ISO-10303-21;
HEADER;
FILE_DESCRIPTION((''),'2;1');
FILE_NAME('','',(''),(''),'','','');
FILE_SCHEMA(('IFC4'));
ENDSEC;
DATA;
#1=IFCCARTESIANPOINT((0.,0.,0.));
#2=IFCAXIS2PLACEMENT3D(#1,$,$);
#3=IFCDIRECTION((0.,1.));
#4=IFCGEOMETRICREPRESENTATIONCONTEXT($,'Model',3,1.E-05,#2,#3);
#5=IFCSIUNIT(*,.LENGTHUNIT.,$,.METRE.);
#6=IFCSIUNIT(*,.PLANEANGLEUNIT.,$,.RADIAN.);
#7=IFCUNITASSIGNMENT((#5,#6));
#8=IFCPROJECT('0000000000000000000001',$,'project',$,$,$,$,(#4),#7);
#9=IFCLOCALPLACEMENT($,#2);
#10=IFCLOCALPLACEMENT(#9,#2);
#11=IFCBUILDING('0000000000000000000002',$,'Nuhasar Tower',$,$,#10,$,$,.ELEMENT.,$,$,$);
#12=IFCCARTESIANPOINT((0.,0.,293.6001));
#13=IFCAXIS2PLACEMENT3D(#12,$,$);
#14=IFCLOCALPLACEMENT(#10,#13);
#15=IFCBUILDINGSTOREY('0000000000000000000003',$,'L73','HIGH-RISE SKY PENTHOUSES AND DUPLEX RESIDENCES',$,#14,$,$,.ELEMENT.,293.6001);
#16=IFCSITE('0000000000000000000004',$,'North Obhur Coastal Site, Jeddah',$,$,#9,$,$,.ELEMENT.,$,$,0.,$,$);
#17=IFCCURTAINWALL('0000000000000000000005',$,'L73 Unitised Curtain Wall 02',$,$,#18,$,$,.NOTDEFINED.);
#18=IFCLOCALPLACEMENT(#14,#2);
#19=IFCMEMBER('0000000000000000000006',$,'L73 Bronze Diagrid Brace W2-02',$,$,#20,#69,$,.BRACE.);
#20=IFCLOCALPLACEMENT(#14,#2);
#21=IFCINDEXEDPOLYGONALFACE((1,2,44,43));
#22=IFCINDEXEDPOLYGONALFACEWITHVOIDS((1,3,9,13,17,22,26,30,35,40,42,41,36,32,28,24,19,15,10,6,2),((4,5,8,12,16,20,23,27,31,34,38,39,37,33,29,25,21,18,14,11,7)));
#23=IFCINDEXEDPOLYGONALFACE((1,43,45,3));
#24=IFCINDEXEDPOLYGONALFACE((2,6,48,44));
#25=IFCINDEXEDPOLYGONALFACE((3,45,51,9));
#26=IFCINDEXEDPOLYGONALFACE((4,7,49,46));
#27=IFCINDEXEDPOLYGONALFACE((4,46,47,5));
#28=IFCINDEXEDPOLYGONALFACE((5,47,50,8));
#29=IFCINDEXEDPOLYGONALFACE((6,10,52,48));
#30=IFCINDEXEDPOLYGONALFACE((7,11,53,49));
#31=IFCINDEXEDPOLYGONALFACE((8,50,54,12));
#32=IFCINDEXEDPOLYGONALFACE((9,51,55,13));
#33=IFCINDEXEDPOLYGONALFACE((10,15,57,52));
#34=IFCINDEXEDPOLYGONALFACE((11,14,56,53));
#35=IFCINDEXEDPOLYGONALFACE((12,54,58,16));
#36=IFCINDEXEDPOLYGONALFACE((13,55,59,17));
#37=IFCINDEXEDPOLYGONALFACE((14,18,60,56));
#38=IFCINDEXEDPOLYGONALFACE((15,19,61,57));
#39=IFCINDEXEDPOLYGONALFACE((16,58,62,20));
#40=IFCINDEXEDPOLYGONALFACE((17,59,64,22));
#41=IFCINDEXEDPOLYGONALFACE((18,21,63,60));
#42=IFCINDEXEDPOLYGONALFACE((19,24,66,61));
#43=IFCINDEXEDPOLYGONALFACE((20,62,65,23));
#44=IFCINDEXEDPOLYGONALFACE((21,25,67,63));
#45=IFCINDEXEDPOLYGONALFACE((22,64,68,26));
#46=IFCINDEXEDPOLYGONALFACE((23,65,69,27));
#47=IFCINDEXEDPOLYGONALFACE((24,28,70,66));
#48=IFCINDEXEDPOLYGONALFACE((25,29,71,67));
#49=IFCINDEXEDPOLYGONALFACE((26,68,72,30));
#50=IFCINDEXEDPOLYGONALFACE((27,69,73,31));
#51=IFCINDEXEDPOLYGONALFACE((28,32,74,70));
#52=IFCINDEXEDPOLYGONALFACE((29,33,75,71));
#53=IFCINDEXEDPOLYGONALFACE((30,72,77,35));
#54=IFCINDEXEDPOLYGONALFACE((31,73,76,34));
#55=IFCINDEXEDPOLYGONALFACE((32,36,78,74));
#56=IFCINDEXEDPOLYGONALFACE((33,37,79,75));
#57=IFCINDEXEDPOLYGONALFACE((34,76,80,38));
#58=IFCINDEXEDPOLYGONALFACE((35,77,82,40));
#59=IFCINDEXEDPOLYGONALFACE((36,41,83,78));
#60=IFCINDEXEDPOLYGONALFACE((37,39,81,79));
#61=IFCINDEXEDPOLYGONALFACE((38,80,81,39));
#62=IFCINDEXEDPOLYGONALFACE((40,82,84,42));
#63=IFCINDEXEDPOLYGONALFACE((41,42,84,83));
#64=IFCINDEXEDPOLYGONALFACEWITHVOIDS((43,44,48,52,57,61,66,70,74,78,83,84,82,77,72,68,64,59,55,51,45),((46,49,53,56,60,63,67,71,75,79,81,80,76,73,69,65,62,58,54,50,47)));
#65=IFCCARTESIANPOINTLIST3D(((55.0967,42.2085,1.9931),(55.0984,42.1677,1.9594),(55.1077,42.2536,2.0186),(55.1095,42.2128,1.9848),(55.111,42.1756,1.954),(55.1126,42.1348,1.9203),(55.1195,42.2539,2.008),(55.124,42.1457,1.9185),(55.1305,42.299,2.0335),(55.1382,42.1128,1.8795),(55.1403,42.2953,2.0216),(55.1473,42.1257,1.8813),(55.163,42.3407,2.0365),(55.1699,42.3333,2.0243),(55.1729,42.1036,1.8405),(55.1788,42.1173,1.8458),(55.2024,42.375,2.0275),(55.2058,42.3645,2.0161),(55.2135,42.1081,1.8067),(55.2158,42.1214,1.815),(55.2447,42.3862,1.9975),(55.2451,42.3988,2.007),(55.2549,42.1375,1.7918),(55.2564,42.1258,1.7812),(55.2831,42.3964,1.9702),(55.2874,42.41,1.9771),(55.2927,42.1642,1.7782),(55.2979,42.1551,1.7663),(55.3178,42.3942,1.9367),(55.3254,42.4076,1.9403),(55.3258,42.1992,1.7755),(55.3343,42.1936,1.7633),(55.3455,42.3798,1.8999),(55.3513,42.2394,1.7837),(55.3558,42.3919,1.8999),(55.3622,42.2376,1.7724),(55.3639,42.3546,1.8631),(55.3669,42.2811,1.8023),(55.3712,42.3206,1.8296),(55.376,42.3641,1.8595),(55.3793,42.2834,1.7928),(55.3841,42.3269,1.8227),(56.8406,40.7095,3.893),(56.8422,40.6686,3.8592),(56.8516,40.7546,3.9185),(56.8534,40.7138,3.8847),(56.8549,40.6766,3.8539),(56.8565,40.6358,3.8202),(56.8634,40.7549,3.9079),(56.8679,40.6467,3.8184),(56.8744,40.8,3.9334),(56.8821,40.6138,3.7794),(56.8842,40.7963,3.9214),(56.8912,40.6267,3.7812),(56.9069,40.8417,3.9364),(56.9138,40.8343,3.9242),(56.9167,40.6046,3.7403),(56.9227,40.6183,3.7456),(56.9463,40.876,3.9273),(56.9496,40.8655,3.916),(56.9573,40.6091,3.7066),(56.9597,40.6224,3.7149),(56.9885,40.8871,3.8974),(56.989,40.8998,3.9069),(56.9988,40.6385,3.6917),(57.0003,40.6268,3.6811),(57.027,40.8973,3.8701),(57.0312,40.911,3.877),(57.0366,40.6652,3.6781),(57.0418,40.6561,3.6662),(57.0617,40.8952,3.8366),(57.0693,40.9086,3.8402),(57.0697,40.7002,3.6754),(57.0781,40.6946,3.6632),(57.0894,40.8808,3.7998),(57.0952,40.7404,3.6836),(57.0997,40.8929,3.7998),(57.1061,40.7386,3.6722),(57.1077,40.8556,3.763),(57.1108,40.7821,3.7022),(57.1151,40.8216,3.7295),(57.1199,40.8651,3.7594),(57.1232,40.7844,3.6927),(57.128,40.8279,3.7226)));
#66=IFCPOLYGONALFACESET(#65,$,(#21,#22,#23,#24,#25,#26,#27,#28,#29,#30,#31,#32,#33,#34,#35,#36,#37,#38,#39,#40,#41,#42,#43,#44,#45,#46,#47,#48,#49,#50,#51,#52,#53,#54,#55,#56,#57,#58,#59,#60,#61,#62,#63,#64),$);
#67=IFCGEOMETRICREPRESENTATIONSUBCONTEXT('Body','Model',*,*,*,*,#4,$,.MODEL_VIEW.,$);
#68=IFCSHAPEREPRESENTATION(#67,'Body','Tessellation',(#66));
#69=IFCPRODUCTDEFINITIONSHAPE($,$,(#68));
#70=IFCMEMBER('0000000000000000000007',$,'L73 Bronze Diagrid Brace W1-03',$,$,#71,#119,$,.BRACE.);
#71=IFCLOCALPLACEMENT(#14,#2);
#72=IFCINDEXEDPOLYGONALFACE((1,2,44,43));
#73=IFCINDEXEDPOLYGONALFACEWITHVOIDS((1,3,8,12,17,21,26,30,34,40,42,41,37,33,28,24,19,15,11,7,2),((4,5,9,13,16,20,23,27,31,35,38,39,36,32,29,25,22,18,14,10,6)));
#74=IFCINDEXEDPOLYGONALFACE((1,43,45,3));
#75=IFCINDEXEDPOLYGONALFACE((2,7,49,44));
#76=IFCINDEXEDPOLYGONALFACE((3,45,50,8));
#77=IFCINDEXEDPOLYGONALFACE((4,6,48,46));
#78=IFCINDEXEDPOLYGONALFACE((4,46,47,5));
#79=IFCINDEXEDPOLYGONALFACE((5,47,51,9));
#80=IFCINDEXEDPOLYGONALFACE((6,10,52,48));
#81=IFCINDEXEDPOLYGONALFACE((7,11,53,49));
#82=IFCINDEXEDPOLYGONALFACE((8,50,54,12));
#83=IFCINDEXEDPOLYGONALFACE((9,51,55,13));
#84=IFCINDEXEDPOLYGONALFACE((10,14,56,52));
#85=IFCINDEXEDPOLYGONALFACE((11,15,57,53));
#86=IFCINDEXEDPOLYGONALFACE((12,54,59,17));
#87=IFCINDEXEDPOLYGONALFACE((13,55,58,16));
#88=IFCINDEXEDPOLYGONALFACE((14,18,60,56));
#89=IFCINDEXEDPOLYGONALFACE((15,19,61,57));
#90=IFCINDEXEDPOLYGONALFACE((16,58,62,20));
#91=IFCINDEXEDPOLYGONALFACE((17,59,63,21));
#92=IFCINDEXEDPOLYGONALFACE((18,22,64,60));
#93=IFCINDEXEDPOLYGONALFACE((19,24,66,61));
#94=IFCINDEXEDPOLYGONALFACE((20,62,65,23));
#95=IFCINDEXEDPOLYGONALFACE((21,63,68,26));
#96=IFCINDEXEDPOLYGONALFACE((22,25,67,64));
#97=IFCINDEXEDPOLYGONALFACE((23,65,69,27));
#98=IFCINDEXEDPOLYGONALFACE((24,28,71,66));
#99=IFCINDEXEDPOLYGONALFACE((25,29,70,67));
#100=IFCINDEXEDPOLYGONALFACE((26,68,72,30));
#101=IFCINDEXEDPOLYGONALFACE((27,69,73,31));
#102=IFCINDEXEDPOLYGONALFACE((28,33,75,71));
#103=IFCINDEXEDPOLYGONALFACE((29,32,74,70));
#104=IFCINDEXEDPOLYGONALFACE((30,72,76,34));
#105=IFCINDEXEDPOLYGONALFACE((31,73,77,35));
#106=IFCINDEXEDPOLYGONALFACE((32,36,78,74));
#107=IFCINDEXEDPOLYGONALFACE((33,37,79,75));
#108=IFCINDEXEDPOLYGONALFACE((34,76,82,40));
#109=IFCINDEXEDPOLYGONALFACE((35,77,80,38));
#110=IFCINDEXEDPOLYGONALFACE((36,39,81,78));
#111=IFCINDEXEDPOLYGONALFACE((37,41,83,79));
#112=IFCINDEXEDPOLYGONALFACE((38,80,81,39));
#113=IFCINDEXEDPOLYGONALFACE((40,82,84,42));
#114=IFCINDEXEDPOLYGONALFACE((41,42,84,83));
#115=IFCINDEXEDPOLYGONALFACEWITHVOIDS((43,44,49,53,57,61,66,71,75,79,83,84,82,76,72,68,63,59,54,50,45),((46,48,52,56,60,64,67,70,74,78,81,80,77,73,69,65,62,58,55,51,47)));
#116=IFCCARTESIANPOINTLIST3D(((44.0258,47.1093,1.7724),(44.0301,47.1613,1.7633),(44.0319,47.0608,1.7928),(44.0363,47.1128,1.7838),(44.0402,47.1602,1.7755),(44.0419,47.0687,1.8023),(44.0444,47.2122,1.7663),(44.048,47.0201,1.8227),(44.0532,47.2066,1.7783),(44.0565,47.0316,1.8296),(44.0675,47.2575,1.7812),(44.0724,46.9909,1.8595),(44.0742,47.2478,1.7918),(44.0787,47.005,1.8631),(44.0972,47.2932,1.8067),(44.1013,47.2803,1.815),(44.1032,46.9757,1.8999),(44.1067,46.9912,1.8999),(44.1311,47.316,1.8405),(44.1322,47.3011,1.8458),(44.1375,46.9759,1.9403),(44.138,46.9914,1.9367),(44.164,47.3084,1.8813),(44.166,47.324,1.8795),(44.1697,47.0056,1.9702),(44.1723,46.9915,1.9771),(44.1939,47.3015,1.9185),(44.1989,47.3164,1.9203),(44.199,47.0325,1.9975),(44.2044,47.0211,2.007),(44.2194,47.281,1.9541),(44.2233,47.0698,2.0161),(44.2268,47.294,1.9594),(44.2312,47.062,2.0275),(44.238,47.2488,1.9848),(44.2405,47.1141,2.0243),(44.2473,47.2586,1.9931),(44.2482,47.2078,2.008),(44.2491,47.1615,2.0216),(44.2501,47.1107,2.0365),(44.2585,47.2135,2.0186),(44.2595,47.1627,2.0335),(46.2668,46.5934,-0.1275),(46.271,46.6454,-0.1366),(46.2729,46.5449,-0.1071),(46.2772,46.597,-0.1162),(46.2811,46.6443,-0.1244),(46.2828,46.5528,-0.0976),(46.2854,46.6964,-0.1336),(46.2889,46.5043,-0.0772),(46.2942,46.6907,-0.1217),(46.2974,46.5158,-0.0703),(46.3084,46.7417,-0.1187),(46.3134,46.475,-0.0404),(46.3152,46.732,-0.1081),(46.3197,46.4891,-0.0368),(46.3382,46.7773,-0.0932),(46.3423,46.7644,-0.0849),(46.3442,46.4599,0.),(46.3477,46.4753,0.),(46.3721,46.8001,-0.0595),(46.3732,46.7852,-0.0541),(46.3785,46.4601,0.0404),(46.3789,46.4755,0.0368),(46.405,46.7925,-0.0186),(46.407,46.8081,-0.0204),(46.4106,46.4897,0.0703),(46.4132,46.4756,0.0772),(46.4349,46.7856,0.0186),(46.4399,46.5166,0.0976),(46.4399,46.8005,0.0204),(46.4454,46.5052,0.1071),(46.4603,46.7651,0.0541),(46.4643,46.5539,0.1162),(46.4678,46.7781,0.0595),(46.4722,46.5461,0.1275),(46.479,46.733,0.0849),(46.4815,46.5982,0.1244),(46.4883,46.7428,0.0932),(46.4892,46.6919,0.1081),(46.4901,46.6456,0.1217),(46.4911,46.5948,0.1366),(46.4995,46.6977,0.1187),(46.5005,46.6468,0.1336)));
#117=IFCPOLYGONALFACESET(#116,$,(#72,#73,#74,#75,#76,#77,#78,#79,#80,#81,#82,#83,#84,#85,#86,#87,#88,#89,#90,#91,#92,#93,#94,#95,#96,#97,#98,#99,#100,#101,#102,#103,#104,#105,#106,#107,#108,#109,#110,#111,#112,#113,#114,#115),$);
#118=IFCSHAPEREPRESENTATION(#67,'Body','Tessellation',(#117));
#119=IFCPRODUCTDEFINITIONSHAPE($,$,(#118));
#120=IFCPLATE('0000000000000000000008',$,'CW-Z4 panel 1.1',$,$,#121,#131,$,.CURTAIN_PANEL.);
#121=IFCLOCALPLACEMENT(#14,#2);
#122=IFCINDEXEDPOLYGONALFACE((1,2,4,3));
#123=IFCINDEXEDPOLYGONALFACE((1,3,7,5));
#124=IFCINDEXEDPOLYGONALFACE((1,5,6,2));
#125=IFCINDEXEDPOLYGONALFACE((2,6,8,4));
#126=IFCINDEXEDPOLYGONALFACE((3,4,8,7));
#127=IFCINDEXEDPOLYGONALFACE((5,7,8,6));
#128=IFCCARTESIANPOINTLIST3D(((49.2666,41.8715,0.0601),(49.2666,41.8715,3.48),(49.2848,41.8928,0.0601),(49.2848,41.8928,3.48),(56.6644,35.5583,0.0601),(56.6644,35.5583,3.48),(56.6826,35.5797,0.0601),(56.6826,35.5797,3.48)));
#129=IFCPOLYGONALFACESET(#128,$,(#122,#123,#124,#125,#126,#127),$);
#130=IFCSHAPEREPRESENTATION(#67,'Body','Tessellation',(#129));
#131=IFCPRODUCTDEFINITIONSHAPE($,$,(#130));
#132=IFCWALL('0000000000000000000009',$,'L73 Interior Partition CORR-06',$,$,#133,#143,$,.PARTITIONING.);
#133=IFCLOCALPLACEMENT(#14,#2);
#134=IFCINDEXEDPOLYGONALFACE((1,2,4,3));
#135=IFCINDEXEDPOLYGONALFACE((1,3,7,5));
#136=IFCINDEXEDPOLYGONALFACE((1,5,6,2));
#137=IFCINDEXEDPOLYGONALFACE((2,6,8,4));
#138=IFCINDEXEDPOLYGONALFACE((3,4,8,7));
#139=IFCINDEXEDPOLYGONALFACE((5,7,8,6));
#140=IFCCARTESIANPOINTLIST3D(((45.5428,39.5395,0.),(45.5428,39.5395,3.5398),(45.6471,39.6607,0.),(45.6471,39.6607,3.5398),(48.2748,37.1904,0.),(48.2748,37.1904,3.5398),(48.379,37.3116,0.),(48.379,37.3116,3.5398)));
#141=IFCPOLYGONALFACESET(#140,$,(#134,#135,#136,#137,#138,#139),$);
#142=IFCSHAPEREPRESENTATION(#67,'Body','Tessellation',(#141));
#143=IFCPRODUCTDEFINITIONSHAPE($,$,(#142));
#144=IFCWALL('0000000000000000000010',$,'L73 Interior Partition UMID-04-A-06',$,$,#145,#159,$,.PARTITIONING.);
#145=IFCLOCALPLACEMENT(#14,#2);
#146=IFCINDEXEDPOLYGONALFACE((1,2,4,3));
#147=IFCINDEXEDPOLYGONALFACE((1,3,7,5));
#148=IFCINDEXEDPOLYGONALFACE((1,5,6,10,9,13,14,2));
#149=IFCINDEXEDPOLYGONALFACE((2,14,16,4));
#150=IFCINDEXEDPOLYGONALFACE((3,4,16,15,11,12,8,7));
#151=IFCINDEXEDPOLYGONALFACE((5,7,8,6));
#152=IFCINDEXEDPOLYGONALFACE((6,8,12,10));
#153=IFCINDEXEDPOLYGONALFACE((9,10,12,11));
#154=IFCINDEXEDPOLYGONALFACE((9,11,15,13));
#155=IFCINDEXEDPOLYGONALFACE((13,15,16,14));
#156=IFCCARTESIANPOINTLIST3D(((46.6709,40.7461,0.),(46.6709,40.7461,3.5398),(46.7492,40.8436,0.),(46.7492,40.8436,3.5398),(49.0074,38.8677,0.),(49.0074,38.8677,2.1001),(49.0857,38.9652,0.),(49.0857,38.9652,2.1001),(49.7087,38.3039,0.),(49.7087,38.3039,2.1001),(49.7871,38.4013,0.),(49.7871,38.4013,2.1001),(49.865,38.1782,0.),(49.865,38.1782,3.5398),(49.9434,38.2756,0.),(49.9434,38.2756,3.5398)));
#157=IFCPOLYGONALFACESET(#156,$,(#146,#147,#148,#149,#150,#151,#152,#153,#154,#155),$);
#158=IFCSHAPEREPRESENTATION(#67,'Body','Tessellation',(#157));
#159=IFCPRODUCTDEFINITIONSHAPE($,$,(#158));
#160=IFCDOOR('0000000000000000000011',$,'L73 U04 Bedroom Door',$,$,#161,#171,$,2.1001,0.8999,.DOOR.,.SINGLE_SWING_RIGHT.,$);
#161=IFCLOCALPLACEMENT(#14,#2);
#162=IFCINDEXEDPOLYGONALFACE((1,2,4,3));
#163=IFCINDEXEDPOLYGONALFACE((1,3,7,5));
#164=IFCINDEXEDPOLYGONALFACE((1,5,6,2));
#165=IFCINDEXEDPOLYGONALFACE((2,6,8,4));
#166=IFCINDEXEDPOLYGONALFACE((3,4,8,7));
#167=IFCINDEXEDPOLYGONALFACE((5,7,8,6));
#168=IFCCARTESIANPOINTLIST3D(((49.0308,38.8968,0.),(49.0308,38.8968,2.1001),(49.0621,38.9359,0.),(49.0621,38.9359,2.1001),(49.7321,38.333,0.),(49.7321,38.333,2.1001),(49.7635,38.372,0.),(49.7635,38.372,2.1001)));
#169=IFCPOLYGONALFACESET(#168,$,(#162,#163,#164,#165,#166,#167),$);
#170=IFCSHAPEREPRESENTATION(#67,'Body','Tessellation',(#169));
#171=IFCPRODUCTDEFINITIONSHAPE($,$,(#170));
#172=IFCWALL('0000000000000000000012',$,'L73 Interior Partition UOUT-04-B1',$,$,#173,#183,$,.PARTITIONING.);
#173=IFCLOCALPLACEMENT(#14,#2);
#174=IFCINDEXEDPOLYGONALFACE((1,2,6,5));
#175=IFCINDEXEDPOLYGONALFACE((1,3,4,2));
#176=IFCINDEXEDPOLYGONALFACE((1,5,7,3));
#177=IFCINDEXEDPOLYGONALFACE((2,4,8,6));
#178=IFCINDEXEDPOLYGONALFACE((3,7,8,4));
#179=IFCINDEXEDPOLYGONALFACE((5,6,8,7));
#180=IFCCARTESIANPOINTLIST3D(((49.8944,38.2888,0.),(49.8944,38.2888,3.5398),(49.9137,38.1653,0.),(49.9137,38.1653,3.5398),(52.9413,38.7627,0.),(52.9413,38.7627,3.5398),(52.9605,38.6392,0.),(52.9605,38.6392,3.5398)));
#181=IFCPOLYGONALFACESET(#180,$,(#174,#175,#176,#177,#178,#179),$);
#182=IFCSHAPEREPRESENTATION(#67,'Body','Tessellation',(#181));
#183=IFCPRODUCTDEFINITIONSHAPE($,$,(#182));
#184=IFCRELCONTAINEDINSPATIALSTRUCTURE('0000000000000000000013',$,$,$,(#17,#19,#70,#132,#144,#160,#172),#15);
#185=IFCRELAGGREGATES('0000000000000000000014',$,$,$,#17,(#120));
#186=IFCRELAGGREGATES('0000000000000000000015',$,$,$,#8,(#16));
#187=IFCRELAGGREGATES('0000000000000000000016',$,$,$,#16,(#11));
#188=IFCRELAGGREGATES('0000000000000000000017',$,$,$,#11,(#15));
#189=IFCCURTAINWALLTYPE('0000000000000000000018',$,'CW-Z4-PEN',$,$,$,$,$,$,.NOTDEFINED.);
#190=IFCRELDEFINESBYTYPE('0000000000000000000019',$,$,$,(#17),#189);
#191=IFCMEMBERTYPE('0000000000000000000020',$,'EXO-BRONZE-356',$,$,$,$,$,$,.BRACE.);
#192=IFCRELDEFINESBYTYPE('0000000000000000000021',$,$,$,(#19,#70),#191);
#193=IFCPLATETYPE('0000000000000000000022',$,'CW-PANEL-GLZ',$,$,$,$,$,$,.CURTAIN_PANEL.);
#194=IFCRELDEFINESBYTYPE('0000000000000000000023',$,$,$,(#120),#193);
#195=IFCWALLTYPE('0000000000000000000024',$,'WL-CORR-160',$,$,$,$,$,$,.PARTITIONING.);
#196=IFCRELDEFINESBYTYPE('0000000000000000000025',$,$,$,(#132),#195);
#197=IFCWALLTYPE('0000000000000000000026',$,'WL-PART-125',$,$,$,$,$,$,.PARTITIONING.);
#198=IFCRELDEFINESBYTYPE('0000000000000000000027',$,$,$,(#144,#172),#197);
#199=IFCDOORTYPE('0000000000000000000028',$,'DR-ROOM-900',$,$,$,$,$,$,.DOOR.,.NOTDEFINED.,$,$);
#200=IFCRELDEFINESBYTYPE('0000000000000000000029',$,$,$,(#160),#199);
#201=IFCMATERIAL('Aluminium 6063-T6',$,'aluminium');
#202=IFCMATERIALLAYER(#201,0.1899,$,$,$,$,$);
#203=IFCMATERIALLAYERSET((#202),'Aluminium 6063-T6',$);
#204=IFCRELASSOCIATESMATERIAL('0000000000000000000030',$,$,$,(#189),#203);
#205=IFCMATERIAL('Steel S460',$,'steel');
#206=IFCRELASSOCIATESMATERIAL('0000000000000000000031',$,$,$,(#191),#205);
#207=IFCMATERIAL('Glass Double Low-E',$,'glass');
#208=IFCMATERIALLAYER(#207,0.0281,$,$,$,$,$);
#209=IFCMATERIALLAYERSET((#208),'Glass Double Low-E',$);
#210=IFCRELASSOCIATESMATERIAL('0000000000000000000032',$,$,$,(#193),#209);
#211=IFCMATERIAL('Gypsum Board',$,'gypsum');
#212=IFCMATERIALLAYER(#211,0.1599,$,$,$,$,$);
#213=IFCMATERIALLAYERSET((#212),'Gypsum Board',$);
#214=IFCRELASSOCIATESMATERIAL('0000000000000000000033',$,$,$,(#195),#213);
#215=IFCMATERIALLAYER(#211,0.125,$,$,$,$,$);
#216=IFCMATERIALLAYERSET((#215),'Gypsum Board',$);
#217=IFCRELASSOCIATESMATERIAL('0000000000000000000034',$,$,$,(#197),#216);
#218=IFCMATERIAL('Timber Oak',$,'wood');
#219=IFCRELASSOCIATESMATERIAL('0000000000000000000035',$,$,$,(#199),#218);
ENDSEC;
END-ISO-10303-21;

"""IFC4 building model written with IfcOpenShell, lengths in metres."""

from ifc_helpers import new_model, si_unit, direction, frame, frame_2d, origin, origin_2d, place, context, subcontext, project, spatial, rectangle, hollow_circle, extrude, material, layer, layer_set, material_profile, profile_set, type_object, element, fill, aggregate, save


model = new_model("IFC4")

# Units and contexts
model_context = context("Model", 3, precision=1e-05, world=origin(), true_north=direction((0.0, 1.0)))
body_context = subcontext(model_context, "Body", "Model", "MODEL_VIEW")
ifc_project = project(units=[si_unit("LENGTHUNIT", "METRE"), si_unit("PLANEANGLEUNIT", "RADIAN")], contexts=[model_context])

# Site, building, storey
site_placement = place(None, origin())
site = spatial("IfcSite", under=ifc_project, at=site_placement, Name="North Obhur Coastal Site, Jeddah", CompositionType="ELEMENT", RefElevation=0.0)
building_placement = place(site_placement, origin())
building = spatial("IfcBuilding", under=site, at=building_placement, Name="Nuhasar Tower", CompositionType="ELEMENT")
storey_placement = place(building_placement, frame((0.0, 0.0, 293.6001)))
storey = spatial("IfcBuildingStorey", under=building, at=storey_placement, Name="L73", Description="HIGH-RISE SKY PENTHOUSES AND DUPLEX RESIDENCES", CompositionType="ELEMENT", Elevation=293.6001)

# Curtain wall
ifc_material_1 = material(Name="Aluminium 6063-T6", Category="aluminium")
ifc_layer_1 = layer(ifc_material_1, 0.1899)
ifc_layer_set_1 = layer_set([ifc_layer_1], Name="Aluminium 6063-T6")
curtain_wall_type = type_object("IfcCurtainWallType", Name="CW-Z4-PEN", PredefinedType="NOTDEFINED", material=ifc_layer_set_1)
curtain_wall_1_placement = place(storey_placement, origin())
curtain_wall_1 = element("IfcCurtainWall", 1, at=curtain_wall_1_placement, inside=storey, type_object=curtain_wall_type, Name="L73 Unitised Curtain Wall 02", PredefinedType="NOTDEFINED")

# Members
ifc_material_2 = material(Name="Steel S460", Category="steel")
ifc_material_profile_1 = material_profile(ifc_material_2, hollow_circle(Radius=0.1777, WallThickness=0.0159, at=origin_2d()), Name="HSS355.6X15.9")
ifc_profile_set_1 = profile_set([ifc_material_profile_1], Name="Steel S460")
member_type_1 = type_object("IfcMemberType", Name="EXO-BRONZE-356", PredefinedType="BRACE", material=ifc_profile_set_1)
for number, where, z_axis, x_axis, name in (
    (2, (55.24, 42.2571, 1.8999), (0.584625, -0.502534, 0.636925), (0.651857, 0.758342, 0.0), "L73 Bronze Diagrid Brace W2-02"),
    (3, (46.384, 46.6331, 0.0), (-0.751272, 0.172942, 0.636932), (-0.224332, -0.974513, 0.0), "L73 Bronze Diagrid Brace W1-03"),
):
    element("IfcMember", number, at=place(storey_placement, frame(where, z_axis=z_axis, x_axis=x_axis)), inside=storey, type_object=member_type_1, Name=name, PredefinedType="BRACE", context=body_context, shape_type="SweptSolid", body=[
        extrude(hollow_circle(Radius=0.1777, WallThickness=0.0159, at=origin_2d()), origin(), (0.0, 0.0, 1.0), 2.9829),
    ])

# Plate
ifc_material_3 = material(Name="Glass Double Low-E", Category="glass")
ifc_layer_2 = layer(ifc_material_3, 0.0281)
ifc_layer_set_2 = layer_set([ifc_layer_2], Name="Glass Double Low-E")
plate_type = type_object("IfcPlateType", Name="CW-PANEL-GLZ", PredefinedType="CURTAIN_PANEL", material=ifc_layer_set_2)
plate_placement = place(storey_placement, frame((52.9746, 38.7256, 0.0601), z_axis=(0.0, 0.0, 1.0), x_axis=(-0.760667, 0.649142, 0.0)))
plate = element("IfcPlate", 4, at=plate_placement, type_object=plate_type, Name="CW-Z4 panel 1.1", PredefinedType="CURTAIN_PANEL", context=body_context, shape_type="SweptSolid", body=[
    extrude(rectangle(XDim=9.7253, YDim=0.0281, at=origin_2d()), origin(), (0.0, 0.0, 1.0), 3.4199),
])
aggregate(curtain_wall_1, [plate])

# Wall
ifc_material_4 = material(Name="Gypsum Board", Category="gypsum")
ifc_layer_3 = layer(ifc_material_4, 0.1599)
ifc_layer_set_3 = layer_set([ifc_layer_3], Name="Gypsum Board")
wall_type_1 = type_object("IfcWallType", Name="WL-CORR-160", PredefinedType="PARTITIONING", material=ifc_layer_set_3)
wall_1_placement = place(storey_placement, frame((48.3269, 37.251, 0.0), z_axis=(0.0, 0.0, 1.0), x_axis=(-0.758232, 0.651985, 0.0)))
element("IfcWall", 5, at=wall_1_placement, inside=storey, type_object=wall_type_1, Name="L73 Interior Partition CORR-06", PredefinedType="PARTITIONING", context=body_context, shape_type="SweptSolid", body=[
    extrude(rectangle(XDim=3.603, YDim=0.1599, at=frame_2d((1.8015, 0.0))), origin(), (0.0, 0.0, 1.0), 3.5398),
])

# Wall, opening, door
ifc_layer_4 = layer(ifc_material_4, 0.125)
ifc_layer_set_4 = layer_set([ifc_layer_4], Name="Gypsum Board")
wall_type_2 = type_object("IfcWallType", Name="WL-PART-125", PredefinedType="PARTITIONING", material=ifc_layer_set_4)
wall_2_placement = place(storey_placement, frame((46.71, 40.7949, 0.0), z_axis=(0.0, 0.0, 1.0), x_axis=(0.779367, -0.626568, 0.0)))
wall_2 = element("IfcWall", 6, at=wall_2_placement, inside=storey, type_object=wall_type_2, Name="L73 Interior Partition UMID-04-A-06", PredefinedType="PARTITIONING", context=body_context, shape_type="SweptSolid", body=[
    extrude(rectangle(XDim=4.0984, YDim=0.125, at=frame_2d((2.0493, 0.0))), origin(), (0.0, 0.0, 1.0), 3.5398),
])
opening_placement = place(wall_2_placement, frame((2.998, 0.0, 0.0)))
opening = element("IfcOpeningElement", 7, at=opening_placement, cuts=wall_2, PredefinedType="OPENING", context=body_context, shape_type="SweptSolid", body=[
    extrude(rectangle(XDim=0.8999, YDim=2.1001, at=frame_2d((0.45, 1.05))), frame((0.0, 0.0725, 0.0), z_axis=(0.0, -1.0, 0.0), x_axis=(1.0, 0.0, 0.0)), (0.0, 0.0, 1.0), 0.145),
])
ifc_material_5 = material(Name="Timber Oak", Category="wood")
door_type = type_object("IfcDoorType", Name="DR-ROOM-900", OperationType="NOTDEFINED", PredefinedType="DOOR", material=ifc_material_5)
door_placement = place(opening_placement, origin())
door = element("IfcDoor", 8, at=door_placement, inside=storey, type_object=door_type, Name="L73 U04 Bedroom Door", OperationType="SINGLE_SWING_RIGHT", OverallHeight=2.1001, OverallWidth=0.8999, PredefinedType="DOOR", context=body_context, shape_type="SweptSolid", body=[
    extrude(rectangle(XDim=0.8999, YDim=2.1001, at=frame_2d((0.45, 1.05))), frame((0.0, 0.0249, 0.0), z_axis=(0.0, -1.0, 0.0), x_axis=(1.0, 0.0, 0.0)), (0.0, 0.0, 1.0), 0.05),
])
fill(opening, door)

# Wall
wall_3_placement = place(storey_placement, frame((49.9041, 38.2271, 0.0), z_axis=(0.0, 0.0, 1.0), x_axis=(0.98812, 0.153681, 0.0)))
element("IfcWall", 9, at=wall_3_placement, inside=storey, type_object=wall_type_2, Name="L73 Interior Partition UOUT-04-B1", PredefinedType="PARTITIONING", context=body_context, shape_type="SweptSolid", body=[
    extrude(rectangle(XDim=3.0835, YDim=0.125, at=frame_2d((1.5417, 0.0))), origin(), (0.0, 0.0, 1.0), 3.5398),
])

save(model, "model.ifc")
